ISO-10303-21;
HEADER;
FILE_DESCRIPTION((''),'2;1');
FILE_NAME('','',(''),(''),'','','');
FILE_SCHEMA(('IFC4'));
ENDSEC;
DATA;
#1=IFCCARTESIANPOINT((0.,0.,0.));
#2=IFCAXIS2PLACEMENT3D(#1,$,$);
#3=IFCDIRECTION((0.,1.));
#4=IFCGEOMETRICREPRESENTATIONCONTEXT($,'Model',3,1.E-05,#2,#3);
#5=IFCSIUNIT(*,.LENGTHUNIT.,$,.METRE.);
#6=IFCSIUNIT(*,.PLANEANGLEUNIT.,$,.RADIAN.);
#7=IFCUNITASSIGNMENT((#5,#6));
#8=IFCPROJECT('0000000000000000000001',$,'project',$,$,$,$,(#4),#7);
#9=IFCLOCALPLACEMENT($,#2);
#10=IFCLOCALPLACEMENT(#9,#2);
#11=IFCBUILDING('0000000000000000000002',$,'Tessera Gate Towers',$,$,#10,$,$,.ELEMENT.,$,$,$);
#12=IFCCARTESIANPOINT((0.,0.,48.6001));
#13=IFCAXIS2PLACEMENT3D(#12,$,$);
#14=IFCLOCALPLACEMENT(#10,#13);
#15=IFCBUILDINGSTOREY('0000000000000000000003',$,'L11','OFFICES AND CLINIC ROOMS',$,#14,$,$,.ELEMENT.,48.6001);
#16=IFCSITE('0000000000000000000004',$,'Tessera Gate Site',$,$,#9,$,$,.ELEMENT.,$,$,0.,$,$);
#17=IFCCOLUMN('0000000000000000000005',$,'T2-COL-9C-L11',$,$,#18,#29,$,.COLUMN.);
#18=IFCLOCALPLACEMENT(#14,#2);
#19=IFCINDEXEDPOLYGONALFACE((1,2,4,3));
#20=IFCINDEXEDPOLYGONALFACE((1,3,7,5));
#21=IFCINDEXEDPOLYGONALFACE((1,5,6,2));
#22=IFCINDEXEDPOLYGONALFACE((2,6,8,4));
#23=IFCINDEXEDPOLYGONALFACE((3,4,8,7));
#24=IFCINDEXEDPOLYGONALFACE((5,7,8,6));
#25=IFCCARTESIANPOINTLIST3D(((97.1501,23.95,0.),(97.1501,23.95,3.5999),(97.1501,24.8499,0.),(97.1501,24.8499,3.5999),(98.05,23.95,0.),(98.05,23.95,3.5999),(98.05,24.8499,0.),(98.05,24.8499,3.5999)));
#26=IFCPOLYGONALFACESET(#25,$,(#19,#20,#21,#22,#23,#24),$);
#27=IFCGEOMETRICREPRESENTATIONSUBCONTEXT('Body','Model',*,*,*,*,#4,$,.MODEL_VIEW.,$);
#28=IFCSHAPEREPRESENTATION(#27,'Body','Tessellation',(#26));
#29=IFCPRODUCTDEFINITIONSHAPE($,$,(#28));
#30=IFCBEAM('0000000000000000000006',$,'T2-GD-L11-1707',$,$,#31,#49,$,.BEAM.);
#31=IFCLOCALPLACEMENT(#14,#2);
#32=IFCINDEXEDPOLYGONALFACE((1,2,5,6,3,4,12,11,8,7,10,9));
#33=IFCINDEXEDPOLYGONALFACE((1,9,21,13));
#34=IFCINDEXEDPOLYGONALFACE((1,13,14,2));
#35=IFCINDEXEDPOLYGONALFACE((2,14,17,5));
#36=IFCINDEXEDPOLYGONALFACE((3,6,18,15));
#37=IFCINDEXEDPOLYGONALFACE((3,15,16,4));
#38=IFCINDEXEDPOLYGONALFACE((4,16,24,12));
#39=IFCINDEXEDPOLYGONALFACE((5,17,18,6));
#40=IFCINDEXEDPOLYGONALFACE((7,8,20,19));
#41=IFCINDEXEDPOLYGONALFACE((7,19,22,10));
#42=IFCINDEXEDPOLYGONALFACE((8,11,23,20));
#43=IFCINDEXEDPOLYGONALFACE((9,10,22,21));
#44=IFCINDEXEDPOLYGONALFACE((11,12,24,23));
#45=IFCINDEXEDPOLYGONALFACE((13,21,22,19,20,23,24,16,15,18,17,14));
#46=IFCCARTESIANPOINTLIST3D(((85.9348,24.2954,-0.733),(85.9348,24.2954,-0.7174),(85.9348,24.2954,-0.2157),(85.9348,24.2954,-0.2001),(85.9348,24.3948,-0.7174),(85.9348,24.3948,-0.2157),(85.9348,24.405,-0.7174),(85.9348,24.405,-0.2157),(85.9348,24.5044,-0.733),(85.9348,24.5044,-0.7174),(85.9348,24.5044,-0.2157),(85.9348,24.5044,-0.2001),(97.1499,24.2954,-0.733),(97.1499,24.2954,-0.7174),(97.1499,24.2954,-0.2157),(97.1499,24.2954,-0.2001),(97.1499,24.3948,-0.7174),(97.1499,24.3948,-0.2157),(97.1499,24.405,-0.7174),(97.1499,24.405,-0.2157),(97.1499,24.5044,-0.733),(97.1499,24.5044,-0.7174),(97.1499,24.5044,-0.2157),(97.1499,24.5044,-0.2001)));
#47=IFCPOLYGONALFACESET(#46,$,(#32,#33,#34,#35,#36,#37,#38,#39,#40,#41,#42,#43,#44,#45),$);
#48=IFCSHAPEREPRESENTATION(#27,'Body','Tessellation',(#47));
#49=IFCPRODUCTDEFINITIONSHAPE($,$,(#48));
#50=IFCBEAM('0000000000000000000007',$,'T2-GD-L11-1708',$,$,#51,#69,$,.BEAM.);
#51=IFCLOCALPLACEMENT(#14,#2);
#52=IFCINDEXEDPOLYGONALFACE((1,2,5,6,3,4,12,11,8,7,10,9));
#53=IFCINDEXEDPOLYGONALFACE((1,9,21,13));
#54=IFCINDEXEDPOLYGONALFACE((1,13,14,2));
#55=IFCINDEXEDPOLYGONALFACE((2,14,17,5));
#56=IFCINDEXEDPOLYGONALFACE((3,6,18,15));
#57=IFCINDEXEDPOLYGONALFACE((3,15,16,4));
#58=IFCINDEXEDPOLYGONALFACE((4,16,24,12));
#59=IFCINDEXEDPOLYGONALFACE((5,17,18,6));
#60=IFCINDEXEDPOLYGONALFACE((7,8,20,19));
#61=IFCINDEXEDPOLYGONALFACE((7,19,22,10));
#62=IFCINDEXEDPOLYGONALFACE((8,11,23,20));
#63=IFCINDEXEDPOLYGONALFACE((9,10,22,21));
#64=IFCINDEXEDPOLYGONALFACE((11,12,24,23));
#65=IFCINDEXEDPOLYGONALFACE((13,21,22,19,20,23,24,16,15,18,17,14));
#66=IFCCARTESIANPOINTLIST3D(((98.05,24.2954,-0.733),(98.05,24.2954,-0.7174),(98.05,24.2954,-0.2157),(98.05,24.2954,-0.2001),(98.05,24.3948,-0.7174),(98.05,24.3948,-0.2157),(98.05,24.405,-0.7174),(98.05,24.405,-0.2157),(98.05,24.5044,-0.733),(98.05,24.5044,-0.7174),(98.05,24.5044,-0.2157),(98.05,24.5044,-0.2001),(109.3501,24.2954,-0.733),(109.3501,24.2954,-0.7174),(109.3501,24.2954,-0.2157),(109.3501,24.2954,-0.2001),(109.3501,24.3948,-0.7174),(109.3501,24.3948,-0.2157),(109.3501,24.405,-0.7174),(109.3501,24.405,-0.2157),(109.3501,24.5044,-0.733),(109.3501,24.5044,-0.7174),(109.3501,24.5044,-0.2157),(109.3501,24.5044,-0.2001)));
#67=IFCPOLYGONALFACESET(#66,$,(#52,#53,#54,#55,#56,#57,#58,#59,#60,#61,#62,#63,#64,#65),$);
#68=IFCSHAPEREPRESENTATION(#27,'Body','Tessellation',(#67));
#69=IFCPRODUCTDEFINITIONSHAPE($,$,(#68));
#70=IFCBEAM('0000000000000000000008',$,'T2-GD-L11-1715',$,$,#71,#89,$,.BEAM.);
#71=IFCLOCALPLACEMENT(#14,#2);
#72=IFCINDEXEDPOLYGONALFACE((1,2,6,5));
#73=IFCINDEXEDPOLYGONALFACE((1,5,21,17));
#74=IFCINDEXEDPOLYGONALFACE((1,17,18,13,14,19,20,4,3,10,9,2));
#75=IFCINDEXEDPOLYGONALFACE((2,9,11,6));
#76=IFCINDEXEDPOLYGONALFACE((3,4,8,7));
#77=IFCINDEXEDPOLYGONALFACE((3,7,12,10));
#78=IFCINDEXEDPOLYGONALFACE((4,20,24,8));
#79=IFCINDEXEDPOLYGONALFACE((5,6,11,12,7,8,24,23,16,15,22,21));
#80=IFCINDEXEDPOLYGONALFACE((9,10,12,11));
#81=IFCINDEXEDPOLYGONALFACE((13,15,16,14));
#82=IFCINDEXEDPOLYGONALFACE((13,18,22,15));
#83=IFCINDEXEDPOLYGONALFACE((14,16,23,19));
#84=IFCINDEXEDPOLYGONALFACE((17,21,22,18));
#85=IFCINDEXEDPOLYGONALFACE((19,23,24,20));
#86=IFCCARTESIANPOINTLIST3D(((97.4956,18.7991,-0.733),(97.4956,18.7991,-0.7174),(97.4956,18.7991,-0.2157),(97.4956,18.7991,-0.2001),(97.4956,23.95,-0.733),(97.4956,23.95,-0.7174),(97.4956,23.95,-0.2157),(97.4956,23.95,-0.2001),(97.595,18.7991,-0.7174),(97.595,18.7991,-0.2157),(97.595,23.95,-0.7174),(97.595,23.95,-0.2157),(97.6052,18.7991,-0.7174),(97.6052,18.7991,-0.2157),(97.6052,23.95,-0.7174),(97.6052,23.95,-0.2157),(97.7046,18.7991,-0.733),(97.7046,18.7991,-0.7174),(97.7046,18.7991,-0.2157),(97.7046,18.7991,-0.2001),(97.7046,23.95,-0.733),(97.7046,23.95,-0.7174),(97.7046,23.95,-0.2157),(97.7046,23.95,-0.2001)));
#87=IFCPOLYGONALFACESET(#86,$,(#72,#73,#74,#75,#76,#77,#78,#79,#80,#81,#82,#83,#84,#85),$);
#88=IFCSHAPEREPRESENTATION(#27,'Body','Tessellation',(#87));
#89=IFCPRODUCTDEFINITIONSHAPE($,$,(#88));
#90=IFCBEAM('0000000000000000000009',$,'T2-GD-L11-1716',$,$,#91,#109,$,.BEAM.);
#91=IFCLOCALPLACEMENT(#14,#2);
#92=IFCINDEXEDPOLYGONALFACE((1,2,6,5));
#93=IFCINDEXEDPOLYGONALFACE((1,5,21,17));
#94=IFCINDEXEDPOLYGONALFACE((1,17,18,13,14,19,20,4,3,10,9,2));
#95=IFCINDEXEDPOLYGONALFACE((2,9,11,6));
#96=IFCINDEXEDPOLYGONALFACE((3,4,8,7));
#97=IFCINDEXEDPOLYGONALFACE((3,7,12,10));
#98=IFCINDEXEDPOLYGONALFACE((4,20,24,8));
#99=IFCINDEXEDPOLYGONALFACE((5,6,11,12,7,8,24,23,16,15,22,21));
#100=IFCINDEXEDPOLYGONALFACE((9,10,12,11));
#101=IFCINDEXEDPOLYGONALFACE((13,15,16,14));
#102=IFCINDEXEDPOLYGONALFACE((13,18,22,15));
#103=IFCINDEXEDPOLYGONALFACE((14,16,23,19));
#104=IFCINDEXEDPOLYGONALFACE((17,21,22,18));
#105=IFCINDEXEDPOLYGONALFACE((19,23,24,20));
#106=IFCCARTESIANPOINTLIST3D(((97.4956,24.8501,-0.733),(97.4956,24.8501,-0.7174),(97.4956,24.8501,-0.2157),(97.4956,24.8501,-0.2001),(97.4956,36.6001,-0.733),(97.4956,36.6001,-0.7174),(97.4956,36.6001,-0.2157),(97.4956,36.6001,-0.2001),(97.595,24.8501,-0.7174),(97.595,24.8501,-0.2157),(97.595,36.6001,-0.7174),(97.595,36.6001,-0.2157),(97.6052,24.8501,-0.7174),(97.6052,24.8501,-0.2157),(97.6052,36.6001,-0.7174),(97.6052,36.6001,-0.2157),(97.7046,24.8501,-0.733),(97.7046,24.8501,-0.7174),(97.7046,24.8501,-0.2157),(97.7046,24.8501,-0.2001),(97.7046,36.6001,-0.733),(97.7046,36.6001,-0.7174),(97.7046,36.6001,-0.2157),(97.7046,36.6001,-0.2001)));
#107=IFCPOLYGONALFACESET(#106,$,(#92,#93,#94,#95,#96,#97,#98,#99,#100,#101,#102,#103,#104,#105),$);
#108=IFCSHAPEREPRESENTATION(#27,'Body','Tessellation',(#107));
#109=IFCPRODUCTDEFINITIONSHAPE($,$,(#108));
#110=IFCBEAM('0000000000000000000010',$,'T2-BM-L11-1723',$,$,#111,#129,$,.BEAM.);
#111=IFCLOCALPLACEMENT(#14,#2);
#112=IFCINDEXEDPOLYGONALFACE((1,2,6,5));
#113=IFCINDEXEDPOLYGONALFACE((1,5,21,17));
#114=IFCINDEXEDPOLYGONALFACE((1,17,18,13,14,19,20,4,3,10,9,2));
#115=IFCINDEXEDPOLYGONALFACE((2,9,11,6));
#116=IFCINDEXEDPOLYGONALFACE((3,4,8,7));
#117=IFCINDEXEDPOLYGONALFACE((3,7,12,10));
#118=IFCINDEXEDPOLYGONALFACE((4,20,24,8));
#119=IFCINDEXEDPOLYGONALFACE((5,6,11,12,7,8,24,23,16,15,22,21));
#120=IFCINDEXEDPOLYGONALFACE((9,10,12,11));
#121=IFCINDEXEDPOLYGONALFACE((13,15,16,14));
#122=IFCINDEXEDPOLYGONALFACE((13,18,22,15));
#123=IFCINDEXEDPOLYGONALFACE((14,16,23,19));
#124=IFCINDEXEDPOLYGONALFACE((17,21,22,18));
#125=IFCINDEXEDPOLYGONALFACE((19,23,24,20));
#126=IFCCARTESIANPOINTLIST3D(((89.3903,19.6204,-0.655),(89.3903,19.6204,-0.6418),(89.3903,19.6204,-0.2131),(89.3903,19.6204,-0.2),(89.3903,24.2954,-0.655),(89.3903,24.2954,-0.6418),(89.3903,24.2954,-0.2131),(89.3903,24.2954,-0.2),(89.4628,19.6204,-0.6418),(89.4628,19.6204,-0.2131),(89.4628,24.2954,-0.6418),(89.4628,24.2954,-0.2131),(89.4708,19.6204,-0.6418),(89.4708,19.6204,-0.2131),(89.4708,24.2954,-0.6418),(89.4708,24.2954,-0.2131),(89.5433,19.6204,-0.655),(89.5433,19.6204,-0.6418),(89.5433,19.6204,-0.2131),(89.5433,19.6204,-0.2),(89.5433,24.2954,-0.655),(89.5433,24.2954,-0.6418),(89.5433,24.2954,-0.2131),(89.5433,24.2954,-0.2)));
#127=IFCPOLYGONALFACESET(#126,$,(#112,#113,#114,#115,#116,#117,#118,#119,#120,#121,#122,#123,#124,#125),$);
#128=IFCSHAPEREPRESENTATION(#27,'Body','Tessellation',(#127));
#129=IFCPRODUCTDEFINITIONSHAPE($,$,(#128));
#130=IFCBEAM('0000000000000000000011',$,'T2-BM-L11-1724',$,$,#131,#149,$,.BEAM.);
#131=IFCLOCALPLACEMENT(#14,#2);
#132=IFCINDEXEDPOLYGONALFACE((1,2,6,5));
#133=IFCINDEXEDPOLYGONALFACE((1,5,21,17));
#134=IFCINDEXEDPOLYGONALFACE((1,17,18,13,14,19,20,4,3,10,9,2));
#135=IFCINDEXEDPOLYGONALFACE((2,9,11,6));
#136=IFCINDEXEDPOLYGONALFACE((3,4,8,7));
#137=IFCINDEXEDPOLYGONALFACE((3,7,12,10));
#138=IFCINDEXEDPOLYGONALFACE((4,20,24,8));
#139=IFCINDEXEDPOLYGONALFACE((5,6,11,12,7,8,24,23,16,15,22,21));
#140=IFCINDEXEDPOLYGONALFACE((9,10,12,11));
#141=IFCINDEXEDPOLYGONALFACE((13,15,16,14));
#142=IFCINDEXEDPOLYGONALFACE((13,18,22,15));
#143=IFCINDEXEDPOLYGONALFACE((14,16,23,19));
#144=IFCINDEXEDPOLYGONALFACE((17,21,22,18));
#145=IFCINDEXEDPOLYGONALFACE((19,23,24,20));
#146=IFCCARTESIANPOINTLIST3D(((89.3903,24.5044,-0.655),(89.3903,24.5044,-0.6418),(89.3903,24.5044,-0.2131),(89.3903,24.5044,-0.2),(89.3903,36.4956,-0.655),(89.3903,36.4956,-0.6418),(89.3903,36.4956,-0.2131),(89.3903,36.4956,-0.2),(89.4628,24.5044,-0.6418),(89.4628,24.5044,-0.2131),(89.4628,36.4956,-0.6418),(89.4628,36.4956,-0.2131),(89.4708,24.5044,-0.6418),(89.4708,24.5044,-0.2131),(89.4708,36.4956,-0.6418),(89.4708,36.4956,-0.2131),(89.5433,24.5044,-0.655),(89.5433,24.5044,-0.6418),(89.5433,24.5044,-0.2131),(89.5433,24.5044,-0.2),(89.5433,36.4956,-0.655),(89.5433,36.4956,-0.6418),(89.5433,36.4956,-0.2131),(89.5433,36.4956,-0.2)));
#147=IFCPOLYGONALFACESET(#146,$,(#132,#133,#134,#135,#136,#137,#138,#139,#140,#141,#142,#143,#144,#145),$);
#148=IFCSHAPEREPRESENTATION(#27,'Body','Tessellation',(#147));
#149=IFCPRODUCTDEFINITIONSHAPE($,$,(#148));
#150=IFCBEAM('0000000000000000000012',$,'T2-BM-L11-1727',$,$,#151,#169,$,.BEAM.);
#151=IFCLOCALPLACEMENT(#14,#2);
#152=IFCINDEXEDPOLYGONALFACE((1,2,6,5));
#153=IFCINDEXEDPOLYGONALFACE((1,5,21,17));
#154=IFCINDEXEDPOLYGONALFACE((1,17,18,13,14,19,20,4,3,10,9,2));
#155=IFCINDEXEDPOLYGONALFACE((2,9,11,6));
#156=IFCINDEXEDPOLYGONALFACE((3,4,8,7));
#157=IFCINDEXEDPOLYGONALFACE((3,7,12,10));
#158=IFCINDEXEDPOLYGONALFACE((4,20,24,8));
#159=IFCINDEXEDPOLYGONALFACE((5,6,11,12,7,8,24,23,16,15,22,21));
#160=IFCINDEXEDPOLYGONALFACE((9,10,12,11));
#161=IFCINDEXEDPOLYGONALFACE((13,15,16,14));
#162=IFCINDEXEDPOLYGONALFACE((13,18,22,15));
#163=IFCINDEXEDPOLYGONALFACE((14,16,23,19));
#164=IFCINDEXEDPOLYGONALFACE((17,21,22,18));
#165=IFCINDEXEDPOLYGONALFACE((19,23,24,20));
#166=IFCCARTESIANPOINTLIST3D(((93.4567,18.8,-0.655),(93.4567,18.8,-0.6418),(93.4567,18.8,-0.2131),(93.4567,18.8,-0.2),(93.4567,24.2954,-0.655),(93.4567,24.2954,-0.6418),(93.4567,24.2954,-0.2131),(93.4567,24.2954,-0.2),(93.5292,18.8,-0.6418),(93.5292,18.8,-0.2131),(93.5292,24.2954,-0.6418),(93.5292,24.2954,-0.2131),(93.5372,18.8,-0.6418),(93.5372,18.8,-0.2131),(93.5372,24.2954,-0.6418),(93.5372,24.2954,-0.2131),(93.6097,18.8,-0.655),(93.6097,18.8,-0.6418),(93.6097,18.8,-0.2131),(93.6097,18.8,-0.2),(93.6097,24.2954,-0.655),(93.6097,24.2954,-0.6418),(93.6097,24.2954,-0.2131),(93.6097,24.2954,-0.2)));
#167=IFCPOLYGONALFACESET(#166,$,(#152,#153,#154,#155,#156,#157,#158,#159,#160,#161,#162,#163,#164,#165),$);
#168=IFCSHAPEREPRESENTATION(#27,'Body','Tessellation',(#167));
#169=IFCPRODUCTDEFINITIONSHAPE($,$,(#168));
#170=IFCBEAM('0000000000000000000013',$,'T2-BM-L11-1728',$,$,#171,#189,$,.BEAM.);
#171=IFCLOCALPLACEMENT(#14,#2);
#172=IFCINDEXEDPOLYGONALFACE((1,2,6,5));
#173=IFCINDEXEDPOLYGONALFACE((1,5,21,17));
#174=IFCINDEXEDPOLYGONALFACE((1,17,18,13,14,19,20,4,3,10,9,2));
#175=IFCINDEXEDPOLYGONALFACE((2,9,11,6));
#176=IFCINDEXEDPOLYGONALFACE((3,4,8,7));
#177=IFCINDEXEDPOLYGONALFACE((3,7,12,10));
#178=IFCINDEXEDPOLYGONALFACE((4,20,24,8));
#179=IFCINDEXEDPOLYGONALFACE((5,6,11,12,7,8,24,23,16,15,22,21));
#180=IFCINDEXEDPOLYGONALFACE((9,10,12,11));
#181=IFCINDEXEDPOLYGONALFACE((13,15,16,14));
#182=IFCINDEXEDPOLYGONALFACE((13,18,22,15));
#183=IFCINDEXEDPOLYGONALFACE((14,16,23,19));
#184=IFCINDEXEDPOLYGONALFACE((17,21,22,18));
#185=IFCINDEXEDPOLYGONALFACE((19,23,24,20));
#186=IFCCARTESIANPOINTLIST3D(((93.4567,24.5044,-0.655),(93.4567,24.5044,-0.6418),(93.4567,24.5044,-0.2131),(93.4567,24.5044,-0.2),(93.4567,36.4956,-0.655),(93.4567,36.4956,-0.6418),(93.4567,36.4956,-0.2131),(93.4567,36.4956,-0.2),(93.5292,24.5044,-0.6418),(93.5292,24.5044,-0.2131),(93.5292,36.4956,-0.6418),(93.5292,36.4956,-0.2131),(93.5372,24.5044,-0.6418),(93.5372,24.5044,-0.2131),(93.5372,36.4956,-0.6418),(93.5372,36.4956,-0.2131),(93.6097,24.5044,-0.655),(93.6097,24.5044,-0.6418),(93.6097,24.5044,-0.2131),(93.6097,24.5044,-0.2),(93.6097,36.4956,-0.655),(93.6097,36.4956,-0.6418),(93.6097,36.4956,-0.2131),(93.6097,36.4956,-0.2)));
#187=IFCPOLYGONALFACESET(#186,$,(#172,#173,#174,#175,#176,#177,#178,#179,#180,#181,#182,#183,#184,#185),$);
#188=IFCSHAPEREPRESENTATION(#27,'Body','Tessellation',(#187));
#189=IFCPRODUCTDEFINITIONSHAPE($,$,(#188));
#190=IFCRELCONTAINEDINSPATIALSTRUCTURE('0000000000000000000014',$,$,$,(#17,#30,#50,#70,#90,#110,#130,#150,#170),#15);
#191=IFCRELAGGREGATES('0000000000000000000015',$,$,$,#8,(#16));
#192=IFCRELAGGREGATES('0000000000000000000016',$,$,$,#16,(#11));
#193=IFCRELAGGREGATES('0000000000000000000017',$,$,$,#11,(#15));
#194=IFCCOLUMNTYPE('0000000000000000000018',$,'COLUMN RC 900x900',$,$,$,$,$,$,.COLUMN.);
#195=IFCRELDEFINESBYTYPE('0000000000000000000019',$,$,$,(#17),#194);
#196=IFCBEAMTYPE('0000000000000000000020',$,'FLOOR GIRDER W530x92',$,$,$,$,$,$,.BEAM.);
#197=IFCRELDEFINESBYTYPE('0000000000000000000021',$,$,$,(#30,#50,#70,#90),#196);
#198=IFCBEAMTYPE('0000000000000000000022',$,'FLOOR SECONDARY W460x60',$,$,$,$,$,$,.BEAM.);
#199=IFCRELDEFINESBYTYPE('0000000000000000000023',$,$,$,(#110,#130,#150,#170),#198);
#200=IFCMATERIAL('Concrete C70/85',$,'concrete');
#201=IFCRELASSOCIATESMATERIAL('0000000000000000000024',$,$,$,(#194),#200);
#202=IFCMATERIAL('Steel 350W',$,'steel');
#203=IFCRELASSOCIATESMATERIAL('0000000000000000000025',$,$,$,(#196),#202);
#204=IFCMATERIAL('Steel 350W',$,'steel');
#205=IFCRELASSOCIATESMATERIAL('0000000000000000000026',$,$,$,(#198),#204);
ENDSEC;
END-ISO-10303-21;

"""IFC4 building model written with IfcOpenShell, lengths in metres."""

from ifc_helpers import new_model, si_unit, direction, frame, origin, origin_2d, place, context, subcontext, project, spatial, rectangle, i_section, extrude, material, material_profile, profile_set, type_object, element, save


model = new_model("IFC4")

# Units and contexts
model_context = context("Model", 3, precision=1e-05, world=origin(), true_north=direction((0.0, 1.0)))
body_context = subcontext(model_context, "Body", "Model", "MODEL_VIEW")
ifc_project = project(units=[si_unit("LENGTHUNIT", "METRE"), si_unit("PLANEANGLEUNIT", "RADIAN")], contexts=[model_context])

# Site, building, storey
site_placement = place(None, origin())
site = spatial("IfcSite", under=ifc_project, at=site_placement, Name="Tessera Gate Site", CompositionType="ELEMENT", RefElevation=0.0)
building_placement = place(site_placement, origin())
building = spatial("IfcBuilding", under=site, at=building_placement, Name="Tessera Gate Towers", CompositionType="ELEMENT")
storey_placement = place(building_placement, frame((0.0, 0.0, 48.6001)))
storey = spatial("IfcBuildingStorey", under=building, at=storey_placement, Name="L11", Description="OFFICES AND CLINIC ROOMS", CompositionType="ELEMENT", Elevation=48.6001)

# Column
ifc_material_1 = material(Name="Concrete C70/85", Category="concrete")
ifc_material_profile_1 = material_profile(ifc_material_1, rectangle(XDim=0.8999, YDim=0.8999, at=origin_2d()), Name="RC 900x900")
ifc_profile_set_1 = profile_set([ifc_material_profile_1], Name="Concrete C70/85")
column_type = type_object("IfcColumnType", Name="COLUMN RC 900x900", PredefinedType="COLUMN", material=ifc_profile_set_1)
column_placement = place(storey_placement, frame((97.6001, 24.3999, 0.0), z_axis=(0.0, 0.0, 1.0), x_axis=(1.0, 0.0, 0.0)))
element("IfcColumn", 1, at=column_placement, inside=storey, type_object=column_type, Name="T2-COL-9C-L11", PredefinedType="COLUMN", context=body_context, shape_type="SweptSolid", body=[
    extrude(rectangle(XDim=0.8999, YDim=0.8999, at=origin_2d()), origin(), (0.0, 0.0, 1.0), 3.5999),
])

# Beams
ifc_material_2 = material(Name="Steel 350W", Category="steel")
ifc_material_profile_2 = material_profile(ifc_material_2, i_section(OverallWidth=0.209, OverallDepth=0.533, WebThickness=0.0103, FlangeThickness=0.0156, at=origin_2d()), Name="W530x92")
ifc_profile_set_2 = profile_set([ifc_material_profile_2], Name="Steel 350W")
beam_type_1 = type_object("IfcBeamType", Name="FLOOR GIRDER W530x92", PredefinedType="BEAM", material=ifc_profile_set_2)
beam_1_placement = place(storey_placement, frame((85.9348, 24.3999, -0.4666), z_axis=(1.0, 0.0, 0.0), x_axis=(0.0, 1.0, 0.0)))
element("IfcBeam", 2, at=beam_1_placement, inside=storey, type_object=beam_type_1, Name="T2-GD-L11-1707", PredefinedType="BEAM", context=body_context, shape_type="SweptSolid", body=[
    extrude(i_section(OverallWidth=0.209, OverallDepth=0.533, WebThickness=0.0103, FlangeThickness=0.0156, at=origin_2d()), origin(), (0.0, 0.0, 1.0), 11.2151),
])
beam_2_placement = place(storey_placement, frame((98.05, 24.3999, -0.4666), z_axis=(1.0, 0.0, 0.0), x_axis=(0.0, 1.0, 0.0)))
element("IfcBeam", 3, at=beam_2_placement, inside=storey, type_object=beam_type_1, Name="T2-GD-L11-1708", PredefinedType="BEAM", context=body_context, shape_type="SweptSolid", body=[
    extrude(i_section(OverallWidth=0.209, OverallDepth=0.533, WebThickness=0.0103, FlangeThickness=0.0156, at=origin_2d()), origin(), (0.0, 0.0, 1.0), 11.3),
])
beam_3_placement = place(storey_placement, frame((97.6001, 18.7991, -0.4666), z_axis=(0.0, 1.0, 0.0), x_axis=(-1.0, 0.0, 0.0)))
element("IfcBeam", 4, at=beam_3_placement, inside=storey, type_object=beam_type_1, Name="T2-GD-L11-1715", PredefinedType="BEAM", context=body_context, shape_type="SweptSolid", body=[
    extrude(i_section(OverallWidth=0.209, OverallDepth=0.533, WebThickness=0.0103, FlangeThickness=0.0156, at=origin_2d()), origin(), (0.0, 0.0, 1.0), 5.1509),
])
beam_4_placement = place(storey_placement, frame((97.6001, 24.8501, -0.4666), z_axis=(0.0, 1.0, 0.0), x_axis=(-1.0, 0.0, 0.0)))
element("IfcBeam", 5, at=beam_4_placement, inside=storey, type_object=beam_type_1, Name="T2-GD-L11-1716", PredefinedType="BEAM", context=body_context, shape_type="SweptSolid", body=[
    extrude(i_section(OverallWidth=0.209, OverallDepth=0.533, WebThickness=0.0103, FlangeThickness=0.0156, at=origin_2d()), origin(), (0.0, 0.0, 1.0), 11.75),
])
ifc_material_3 = material(Name="Steel 350W", Category="steel")
ifc_material_profile_3 = material_profile(ifc_material_3, i_section(OverallWidth=0.1531, OverallDepth=0.4551, WebThickness=0.0081, FlangeThickness=0.0132, at=origin_2d()), Name="W460x60")
ifc_profile_set_3 = profile_set([ifc_material_profile_3], Name="Steel 350W")
beam_type_2 = type_object("IfcBeamType", Name="FLOOR SECONDARY W460x60", PredefinedType="BEAM", material=ifc_profile_set_3)
beam_5_placement = place(storey_placement, frame((89.4668, 19.6204, -0.4275), z_axis=(0.0, 1.0, 0.0), x_axis=(-1.0, 0.0, 0.0)))
element("IfcBeam", 6, at=beam_5_placement, inside=storey, type_object=beam_type_2, Name="T2-BM-L11-1723", PredefinedType="BEAM", context=body_context, shape_type="SweptSolid", body=[
    extrude(i_section(OverallWidth=0.1531, OverallDepth=0.4551, WebThickness=0.0081, FlangeThickness=0.0132, at=origin_2d()), origin(), (0.0, 0.0, 1.0), 4.675),
])
beam_6_placement = place(storey_placement, frame((89.4668, 24.5044, -0.4275), z_axis=(0.0, 1.0, 0.0), x_axis=(-1.0, 0.0, 0.0)))
element("IfcBeam", 7, at=beam_6_placement, inside=storey, type_object=beam_type_2, Name="T2-BM-L11-1724", PredefinedType="BEAM", context=body_context, shape_type="SweptSolid", body=[
    extrude(i_section(OverallWidth=0.1531, OverallDepth=0.4551, WebThickness=0.0081, FlangeThickness=0.0132, at=origin_2d()), origin(), (0.0, 0.0, 1.0), 11.9912),
])
beam_7_placement = place(storey_placement, frame((93.5332, 18.8, -0.4275), z_axis=(0.0, 1.0, 0.0), x_axis=(-1.0, 0.0, 0.0)))
element("IfcBeam", 8, at=beam_7_placement, inside=storey, type_object=beam_type_2, Name="T2-BM-L11-1727", PredefinedType="BEAM", context=body_context, shape_type="SweptSolid", body=[
    extrude(i_section(OverallWidth=0.1531, OverallDepth=0.4551, WebThickness=0.0081, FlangeThickness=0.0132, at=origin_2d()), origin(), (0.0, 0.0, 1.0), 5.4954),
])
beam_8_placement = place(storey_placement, frame((93.5332, 24.5044, -0.4275), z_axis=(0.0, 1.0, 0.0), x_axis=(-1.0, 0.0, 0.0)))
element("IfcBeam", 9, at=beam_8_placement, inside=storey, type_object=beam_type_2, Name="T2-BM-L11-1728", PredefinedType="BEAM", context=body_context, shape_type="SweptSolid", body=[
    extrude(i_section(OverallWidth=0.1531, OverallDepth=0.4551, WebThickness=0.0081, FlangeThickness=0.0132, at=origin_2d()), origin(), (0.0, 0.0, 1.0), 11.9912),
])

save(model, "model.ifc")
